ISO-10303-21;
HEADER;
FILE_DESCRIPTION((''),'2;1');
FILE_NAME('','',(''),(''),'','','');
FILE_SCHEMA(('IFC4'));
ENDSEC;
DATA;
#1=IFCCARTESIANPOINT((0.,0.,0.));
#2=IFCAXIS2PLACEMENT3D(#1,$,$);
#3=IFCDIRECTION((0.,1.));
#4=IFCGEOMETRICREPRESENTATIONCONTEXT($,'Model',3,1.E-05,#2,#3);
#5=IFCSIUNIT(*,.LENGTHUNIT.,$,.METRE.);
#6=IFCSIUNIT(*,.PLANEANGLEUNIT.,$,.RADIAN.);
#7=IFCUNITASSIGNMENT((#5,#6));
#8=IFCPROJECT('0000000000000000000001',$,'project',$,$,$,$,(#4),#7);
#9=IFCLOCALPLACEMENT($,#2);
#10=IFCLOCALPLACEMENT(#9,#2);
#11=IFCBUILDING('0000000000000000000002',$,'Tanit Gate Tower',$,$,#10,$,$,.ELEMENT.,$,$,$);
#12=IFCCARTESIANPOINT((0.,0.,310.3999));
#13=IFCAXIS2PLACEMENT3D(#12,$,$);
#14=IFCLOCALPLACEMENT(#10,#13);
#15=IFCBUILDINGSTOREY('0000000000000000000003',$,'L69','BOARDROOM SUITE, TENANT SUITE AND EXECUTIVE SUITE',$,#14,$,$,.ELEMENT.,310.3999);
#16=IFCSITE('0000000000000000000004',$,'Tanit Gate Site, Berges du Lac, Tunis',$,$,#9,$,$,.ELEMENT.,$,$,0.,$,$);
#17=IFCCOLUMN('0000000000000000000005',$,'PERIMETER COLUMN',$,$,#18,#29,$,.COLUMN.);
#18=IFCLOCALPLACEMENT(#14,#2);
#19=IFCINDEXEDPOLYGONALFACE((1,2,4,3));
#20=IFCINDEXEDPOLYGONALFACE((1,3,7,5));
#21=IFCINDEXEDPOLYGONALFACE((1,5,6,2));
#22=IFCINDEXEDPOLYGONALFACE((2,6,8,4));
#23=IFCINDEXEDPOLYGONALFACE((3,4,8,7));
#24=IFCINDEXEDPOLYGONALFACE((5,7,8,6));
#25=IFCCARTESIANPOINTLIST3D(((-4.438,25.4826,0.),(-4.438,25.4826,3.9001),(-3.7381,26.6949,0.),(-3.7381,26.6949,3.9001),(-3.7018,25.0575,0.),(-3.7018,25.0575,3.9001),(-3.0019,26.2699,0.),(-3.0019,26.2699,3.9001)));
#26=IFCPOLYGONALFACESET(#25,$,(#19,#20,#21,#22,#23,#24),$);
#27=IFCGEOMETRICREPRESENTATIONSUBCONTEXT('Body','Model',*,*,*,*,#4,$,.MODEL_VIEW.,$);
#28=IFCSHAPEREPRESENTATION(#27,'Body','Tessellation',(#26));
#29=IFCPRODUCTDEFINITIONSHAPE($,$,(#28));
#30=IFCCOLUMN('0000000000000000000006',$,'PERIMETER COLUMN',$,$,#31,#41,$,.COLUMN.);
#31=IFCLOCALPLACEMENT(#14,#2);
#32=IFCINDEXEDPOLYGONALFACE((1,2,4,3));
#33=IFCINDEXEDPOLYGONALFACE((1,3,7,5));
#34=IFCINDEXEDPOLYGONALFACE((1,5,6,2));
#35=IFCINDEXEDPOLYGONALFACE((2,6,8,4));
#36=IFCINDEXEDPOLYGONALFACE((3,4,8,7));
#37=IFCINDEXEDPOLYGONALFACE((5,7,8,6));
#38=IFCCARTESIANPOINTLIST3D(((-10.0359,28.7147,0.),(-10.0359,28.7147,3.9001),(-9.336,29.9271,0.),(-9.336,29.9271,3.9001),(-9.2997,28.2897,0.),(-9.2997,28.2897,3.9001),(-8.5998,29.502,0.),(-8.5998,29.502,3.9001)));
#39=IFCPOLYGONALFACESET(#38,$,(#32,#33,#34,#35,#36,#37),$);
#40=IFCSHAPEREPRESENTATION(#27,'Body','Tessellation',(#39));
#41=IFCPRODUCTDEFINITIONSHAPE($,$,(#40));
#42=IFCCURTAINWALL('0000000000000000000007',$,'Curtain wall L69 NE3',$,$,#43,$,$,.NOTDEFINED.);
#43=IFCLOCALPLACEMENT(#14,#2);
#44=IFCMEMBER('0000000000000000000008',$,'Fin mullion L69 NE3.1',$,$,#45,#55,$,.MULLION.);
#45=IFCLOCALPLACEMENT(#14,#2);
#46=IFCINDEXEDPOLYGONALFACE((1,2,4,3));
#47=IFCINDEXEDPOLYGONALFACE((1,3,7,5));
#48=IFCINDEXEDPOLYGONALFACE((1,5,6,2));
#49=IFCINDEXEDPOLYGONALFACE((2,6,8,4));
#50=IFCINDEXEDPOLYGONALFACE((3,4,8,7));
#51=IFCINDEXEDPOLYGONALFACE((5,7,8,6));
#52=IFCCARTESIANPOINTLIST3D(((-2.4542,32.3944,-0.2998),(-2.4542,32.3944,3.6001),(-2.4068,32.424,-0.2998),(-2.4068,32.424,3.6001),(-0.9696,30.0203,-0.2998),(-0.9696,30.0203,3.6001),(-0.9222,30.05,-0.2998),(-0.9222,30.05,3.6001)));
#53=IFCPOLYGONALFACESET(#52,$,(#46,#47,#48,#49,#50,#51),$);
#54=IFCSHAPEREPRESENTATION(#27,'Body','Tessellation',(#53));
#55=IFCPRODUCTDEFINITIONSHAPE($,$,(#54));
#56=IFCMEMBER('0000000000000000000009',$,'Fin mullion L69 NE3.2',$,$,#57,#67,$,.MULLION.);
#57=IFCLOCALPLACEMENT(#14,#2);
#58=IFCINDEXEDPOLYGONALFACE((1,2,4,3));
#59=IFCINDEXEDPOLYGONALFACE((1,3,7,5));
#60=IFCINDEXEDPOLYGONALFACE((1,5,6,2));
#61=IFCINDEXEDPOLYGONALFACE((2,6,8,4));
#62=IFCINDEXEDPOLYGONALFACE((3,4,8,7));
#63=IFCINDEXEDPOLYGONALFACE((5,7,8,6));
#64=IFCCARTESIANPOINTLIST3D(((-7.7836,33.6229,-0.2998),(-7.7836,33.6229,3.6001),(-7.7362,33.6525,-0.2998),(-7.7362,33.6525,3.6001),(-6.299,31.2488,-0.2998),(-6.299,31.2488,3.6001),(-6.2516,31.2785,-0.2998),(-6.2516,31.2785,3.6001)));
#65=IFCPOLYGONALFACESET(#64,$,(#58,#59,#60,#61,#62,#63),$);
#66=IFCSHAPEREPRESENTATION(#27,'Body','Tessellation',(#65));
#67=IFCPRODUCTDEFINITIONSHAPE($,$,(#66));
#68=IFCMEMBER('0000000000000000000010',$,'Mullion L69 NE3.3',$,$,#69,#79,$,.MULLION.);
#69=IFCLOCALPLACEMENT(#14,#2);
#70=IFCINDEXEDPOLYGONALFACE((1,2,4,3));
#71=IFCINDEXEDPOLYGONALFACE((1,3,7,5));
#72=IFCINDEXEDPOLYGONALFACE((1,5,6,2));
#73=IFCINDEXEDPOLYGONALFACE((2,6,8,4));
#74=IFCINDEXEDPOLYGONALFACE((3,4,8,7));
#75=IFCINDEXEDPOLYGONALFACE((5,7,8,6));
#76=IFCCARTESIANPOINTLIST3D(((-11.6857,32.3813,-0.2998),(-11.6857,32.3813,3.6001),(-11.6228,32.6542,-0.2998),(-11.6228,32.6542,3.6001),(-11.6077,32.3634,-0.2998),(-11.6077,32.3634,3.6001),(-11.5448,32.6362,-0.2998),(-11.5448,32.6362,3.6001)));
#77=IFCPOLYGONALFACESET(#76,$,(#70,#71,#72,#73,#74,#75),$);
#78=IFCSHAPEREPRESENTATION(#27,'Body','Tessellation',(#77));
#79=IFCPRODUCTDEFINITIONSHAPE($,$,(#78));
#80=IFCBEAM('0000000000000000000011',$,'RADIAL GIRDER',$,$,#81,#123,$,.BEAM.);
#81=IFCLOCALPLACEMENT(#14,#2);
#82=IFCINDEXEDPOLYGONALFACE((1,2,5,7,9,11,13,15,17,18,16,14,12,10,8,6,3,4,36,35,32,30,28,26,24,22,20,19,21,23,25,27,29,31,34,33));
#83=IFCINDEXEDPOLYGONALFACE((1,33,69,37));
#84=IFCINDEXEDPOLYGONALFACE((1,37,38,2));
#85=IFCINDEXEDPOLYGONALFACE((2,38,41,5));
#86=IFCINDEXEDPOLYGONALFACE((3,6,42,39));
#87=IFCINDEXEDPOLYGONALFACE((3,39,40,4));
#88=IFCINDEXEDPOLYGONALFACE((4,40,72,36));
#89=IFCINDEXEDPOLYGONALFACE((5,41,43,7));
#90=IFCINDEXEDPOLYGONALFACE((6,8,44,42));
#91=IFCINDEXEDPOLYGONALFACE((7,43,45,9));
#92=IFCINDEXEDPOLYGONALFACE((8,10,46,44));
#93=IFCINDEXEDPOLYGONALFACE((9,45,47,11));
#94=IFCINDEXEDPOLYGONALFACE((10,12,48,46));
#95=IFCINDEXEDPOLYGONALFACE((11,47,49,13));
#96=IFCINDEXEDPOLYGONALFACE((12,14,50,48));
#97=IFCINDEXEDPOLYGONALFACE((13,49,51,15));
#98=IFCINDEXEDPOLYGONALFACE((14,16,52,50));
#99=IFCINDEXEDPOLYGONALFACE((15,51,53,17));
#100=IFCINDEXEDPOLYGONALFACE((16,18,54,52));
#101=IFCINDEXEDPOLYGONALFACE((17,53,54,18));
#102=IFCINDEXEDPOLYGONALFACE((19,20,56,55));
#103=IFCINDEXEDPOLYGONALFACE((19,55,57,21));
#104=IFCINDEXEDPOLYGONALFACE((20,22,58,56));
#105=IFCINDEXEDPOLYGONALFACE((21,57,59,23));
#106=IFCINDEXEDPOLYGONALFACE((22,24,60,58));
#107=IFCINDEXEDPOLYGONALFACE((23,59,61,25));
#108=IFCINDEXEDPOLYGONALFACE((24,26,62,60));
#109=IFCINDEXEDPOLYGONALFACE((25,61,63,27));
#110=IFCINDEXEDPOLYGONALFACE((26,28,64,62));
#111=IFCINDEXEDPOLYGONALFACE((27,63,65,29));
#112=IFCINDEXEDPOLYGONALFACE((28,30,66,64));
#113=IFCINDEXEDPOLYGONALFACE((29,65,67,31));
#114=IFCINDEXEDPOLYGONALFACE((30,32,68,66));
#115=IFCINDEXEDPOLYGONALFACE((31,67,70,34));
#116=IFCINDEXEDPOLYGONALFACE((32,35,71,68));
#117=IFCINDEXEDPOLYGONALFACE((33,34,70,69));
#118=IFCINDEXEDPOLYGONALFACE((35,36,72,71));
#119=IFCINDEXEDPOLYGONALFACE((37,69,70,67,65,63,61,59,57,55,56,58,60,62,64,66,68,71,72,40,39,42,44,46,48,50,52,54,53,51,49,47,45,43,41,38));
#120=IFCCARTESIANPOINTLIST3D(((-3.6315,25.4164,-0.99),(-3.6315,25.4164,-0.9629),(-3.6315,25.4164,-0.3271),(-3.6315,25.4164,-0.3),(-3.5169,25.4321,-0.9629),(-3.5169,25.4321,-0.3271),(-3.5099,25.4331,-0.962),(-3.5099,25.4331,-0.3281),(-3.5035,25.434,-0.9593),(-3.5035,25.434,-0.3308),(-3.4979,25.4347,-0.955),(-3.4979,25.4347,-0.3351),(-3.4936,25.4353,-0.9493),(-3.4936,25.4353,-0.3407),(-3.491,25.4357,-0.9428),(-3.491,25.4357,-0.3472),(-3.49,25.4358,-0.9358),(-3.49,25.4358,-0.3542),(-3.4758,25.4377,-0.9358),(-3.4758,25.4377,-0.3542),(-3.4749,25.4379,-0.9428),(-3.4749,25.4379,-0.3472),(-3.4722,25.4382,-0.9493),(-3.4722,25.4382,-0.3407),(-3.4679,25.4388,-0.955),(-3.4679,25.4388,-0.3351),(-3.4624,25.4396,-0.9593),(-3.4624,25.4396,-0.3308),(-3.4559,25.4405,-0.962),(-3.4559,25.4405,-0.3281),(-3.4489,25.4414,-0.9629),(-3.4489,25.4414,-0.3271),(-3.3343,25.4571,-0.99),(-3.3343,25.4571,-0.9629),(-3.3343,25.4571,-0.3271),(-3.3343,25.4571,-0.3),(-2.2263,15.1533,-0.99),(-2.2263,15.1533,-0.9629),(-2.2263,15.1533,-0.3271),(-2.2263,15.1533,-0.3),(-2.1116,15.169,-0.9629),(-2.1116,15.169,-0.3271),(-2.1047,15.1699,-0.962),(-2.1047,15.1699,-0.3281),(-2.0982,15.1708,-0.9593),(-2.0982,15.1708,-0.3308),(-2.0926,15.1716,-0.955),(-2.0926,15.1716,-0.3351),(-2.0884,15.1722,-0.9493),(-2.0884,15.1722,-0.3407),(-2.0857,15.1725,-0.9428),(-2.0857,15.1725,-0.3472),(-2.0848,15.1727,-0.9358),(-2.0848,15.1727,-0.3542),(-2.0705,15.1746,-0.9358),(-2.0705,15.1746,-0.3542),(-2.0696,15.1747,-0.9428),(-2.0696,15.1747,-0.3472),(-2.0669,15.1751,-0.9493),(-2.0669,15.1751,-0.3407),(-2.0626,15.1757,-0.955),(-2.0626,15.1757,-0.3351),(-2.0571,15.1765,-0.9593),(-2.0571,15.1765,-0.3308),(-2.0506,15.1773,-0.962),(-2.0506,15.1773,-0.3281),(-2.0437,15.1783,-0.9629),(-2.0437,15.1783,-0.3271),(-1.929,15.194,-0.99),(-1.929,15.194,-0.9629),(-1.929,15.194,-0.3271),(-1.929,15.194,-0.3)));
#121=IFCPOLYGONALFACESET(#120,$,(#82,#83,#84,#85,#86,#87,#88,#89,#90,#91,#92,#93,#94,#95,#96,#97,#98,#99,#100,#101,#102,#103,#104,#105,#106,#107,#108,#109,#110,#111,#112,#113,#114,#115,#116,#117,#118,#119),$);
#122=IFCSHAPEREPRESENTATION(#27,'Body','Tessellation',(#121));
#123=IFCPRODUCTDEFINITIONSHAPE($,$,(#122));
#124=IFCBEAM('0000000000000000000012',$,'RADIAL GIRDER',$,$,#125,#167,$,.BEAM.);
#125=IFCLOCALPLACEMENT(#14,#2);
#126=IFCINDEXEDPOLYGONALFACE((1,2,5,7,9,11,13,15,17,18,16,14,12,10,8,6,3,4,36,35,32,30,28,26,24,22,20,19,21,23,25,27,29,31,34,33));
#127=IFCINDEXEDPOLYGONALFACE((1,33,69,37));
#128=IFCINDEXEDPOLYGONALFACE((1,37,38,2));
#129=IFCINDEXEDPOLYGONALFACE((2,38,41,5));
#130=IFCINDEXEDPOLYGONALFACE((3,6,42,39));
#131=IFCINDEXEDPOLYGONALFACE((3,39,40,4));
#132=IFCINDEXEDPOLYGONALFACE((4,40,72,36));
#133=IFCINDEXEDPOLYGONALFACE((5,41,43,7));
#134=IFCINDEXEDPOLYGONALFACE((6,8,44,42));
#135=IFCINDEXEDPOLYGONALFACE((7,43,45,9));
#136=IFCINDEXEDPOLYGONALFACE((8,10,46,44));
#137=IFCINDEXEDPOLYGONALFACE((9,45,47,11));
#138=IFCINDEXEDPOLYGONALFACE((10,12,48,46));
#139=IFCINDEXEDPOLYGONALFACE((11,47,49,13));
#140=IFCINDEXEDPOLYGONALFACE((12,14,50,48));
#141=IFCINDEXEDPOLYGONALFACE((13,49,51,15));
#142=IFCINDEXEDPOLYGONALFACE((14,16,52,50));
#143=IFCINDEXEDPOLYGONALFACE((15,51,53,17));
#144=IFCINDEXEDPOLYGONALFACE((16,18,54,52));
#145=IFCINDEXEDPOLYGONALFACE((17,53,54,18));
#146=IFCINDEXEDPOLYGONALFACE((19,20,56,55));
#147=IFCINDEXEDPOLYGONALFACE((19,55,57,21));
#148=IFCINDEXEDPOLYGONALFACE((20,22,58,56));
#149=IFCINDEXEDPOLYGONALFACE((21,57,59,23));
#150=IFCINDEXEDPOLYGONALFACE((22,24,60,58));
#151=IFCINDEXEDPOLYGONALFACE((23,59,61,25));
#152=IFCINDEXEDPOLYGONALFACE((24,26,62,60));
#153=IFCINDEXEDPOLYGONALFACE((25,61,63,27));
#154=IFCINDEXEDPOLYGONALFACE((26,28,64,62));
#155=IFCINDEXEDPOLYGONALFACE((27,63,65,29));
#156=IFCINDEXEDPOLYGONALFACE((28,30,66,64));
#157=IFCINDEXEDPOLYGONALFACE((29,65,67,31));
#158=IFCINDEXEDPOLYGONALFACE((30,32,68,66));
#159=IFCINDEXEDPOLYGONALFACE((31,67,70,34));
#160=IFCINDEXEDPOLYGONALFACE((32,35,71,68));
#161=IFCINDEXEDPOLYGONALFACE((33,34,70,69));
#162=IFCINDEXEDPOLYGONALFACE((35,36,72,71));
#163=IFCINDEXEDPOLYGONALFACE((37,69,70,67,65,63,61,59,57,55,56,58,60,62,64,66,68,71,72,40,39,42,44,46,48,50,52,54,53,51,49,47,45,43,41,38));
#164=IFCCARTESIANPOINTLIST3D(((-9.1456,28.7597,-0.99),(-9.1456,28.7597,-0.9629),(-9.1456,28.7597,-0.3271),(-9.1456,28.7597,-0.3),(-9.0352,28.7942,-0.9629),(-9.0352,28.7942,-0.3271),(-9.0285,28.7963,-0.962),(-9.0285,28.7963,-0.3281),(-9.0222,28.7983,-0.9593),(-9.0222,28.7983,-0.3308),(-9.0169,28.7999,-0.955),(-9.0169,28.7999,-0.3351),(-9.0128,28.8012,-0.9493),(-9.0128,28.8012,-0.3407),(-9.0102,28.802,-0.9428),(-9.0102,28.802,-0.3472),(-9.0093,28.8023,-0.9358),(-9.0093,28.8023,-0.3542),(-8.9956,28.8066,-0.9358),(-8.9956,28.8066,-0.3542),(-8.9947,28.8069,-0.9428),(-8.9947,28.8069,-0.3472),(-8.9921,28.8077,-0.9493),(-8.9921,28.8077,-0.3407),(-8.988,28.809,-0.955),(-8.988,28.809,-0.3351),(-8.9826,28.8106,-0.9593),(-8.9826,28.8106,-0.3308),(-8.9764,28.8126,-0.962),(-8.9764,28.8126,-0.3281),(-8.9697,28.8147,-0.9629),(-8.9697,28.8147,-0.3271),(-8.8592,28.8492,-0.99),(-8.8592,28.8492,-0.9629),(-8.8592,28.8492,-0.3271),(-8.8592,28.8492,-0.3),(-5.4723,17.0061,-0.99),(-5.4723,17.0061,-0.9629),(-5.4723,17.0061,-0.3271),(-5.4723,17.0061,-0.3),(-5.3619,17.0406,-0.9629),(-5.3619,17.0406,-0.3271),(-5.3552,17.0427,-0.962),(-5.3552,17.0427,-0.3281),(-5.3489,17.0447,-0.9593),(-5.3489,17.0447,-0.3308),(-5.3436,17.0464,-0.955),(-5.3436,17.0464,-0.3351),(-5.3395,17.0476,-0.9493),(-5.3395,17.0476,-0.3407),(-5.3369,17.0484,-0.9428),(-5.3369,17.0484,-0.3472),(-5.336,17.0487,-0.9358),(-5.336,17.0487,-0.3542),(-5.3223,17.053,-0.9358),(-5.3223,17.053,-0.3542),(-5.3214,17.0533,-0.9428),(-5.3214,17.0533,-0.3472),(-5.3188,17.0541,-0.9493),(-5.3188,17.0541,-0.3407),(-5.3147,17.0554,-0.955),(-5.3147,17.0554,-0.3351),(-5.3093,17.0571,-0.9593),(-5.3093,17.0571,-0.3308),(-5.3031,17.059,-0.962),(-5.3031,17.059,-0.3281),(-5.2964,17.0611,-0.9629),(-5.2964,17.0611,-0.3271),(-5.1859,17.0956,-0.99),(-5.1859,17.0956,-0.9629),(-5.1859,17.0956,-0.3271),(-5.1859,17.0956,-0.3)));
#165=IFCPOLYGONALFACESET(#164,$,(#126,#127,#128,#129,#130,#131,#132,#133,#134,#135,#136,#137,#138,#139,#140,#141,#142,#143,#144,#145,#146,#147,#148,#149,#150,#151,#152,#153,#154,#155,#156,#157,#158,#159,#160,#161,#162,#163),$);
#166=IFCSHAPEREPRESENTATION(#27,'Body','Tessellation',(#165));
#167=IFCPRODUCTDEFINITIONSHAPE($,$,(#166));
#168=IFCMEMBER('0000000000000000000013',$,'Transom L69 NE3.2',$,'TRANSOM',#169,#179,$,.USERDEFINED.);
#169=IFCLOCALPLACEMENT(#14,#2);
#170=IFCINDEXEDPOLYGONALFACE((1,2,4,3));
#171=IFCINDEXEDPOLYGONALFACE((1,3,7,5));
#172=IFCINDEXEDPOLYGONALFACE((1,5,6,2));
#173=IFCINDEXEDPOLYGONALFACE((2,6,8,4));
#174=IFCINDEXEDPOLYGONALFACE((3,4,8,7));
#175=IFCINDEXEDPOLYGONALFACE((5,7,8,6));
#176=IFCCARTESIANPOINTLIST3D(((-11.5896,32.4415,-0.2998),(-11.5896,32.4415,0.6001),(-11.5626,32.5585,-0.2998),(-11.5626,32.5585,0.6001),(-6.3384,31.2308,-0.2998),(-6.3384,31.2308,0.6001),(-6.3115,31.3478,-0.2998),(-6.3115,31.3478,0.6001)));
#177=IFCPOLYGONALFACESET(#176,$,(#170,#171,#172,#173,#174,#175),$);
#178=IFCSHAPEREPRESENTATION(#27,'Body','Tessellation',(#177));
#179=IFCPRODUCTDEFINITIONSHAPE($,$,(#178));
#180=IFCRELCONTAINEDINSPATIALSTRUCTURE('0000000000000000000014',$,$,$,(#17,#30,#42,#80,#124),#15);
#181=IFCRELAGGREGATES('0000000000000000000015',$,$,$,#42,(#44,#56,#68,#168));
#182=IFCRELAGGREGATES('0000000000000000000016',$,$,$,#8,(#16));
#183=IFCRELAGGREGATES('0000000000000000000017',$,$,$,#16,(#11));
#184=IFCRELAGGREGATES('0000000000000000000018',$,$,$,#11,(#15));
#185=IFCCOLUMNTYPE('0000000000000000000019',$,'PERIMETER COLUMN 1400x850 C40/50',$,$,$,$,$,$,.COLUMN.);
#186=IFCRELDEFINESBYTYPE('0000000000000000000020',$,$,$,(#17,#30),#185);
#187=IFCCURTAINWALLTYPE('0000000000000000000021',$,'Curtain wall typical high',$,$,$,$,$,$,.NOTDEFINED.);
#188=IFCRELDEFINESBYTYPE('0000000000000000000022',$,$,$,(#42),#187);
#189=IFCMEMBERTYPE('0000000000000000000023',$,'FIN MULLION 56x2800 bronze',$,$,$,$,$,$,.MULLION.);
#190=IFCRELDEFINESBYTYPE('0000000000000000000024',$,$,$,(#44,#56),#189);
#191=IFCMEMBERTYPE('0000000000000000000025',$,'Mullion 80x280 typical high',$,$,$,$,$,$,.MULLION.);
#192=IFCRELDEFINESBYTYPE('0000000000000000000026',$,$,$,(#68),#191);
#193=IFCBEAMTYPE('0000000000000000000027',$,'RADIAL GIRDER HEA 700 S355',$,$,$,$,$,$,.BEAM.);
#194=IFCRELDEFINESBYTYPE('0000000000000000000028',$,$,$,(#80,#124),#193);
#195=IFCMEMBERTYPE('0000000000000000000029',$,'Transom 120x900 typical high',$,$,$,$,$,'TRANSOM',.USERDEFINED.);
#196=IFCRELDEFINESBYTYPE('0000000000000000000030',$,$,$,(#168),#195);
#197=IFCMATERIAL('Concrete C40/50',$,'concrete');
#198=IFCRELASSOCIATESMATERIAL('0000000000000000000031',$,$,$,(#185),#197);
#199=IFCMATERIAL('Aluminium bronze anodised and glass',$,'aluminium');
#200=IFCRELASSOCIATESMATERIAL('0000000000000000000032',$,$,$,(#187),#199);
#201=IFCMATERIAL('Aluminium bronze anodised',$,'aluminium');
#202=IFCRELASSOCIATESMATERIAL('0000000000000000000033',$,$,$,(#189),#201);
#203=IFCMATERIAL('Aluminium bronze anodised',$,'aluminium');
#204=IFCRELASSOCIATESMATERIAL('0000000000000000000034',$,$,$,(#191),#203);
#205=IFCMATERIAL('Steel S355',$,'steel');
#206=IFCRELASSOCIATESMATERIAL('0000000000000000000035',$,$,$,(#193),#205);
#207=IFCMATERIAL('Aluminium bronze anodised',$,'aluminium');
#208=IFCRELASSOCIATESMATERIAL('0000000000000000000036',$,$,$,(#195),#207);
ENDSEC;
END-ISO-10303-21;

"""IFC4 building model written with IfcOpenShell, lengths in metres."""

from ifc_helpers import new_model, si_unit, direction, frame, origin, origin_2d, place, context, subcontext, project, spatial, rectangle, i_section, extrude, material, material_profile, profile_set, type_object, element, aggregate, save


model = new_model("IFC4")

# Units and contexts
model_context = context("Model", 3, precision=1e-05, world=origin(), true_north=direction((0.0, 1.0)))
body_context = subcontext(model_context, "Body", "Model", "MODEL_VIEW")
ifc_project = project(units=[si_unit("LENGTHUNIT", "METRE"), si_unit("PLANEANGLEUNIT", "RADIAN")], contexts=[model_context])

# Site, building, storey
site_placement = place(None, origin())
site = spatial("IfcSite", under=ifc_project, at=site_placement, Name="Tanit Gate Site, Berges du Lac, Tunis", CompositionType="ELEMENT", RefElevation=0.0)
building_placement = place(site_placement, origin())
building = spatial("IfcBuilding", under=site, at=building_placement, Name="Tanit Gate Tower", CompositionType="ELEMENT")
storey_placement = place(building_placement, frame((0.0, 0.0, 310.3999)))
storey = spatial("IfcBuildingStorey", under=building, at=storey_placement, Name="L69", Description="BOARDROOM SUITE, TENANT SUITE AND EXECUTIVE SUITE", CompositionType="ELEMENT", Elevation=310.3999)

# Columns
ifc_material_1 = material(Name="Concrete C40/50", Category="concrete")
ifc_material_profile_1 = material_profile(ifc_material_1, rectangle(XDim=1.3999, YDim=0.8501, at=origin_2d()), Name="RC 1400x850")
ifc_profile_set_1 = profile_set([ifc_material_profile_1], Name="Concrete C40/50")
column_type = type_object("IfcColumnType", Name="PERIMETER COLUMN 1400x850 C40/50", PredefinedType="COLUMN", material=ifc_profile_set_1)
for number, where, z_axis, x_axis, name in (
    (1, (-3.72, 25.8762, 0.0), (0.0, 0.0, 1.0), (0.5, 0.866025, 0.0), "PERIMETER COLUMN"),
    (2, (-9.3179, 29.1084, 0.0), (0.0, 0.0, 1.0), (0.5, 0.866025, 0.0), "PERIMETER COLUMN"),
):
    element("IfcColumn", number, at=place(storey_placement, frame(where, z_axis=z_axis, x_axis=x_axis)), inside=storey, type_object=column_type, Name=name, PredefinedType="COLUMN", context=body_context, shape_type="SweptSolid", body=[
        extrude(rectangle(XDim=1.3999, YDim=0.8501, at=origin_2d()), origin(), (0.0, 0.0, 1.0), 3.9001),
    ])

# Curtain wall, members
ifc_material_2 = material(Name="Aluminium bronze anodised and glass", Category="aluminium")
curtain_wall_type = type_object("IfcCurtainWallType", Name="Curtain wall typical high", PredefinedType="NOTDEFINED", material=ifc_material_2)
curtain_wall_placement = place(storey_placement, origin())
curtain_wall = element("IfcCurtainWall", 3, at=curtain_wall_placement, inside=storey, type_object=curtain_wall_type, Name="Curtain wall L69 NE3", PredefinedType="NOTDEFINED")
ifc_material_3 = material(Name="Aluminium bronze anodised", Category="aluminium")
ifc_material_profile_2 = material_profile(ifc_material_3, rectangle(XDim=2.8, YDim=0.0559, at=origin_2d()), Name="56x2800 bronze fin mullion")
ifc_profile_set_2 = profile_set([ifc_material_profile_2], Name="Aluminium bronze anodised")
member_type_1 = type_object("IfcMemberType", Name="FIN MULLION 56x2800 bronze", PredefinedType="MULLION", material=ifc_profile_set_2)
member_1_placement = place(storey_placement, frame((-1.6882, 31.2222, -0.2998), z_axis=(0.0, 0.0, 1.0), x_axis=(0.53021, -0.847867, 0.0)))
member_1 = element("IfcMember", 4, at=member_1_placement, type_object=member_type_1, Name="Fin mullion L69 NE3.1", PredefinedType="MULLION", context=body_context, shape_type="SweptSolid", body=[
    extrude(rectangle(XDim=2.8, YDim=0.0559, at=origin_2d()), origin(), (0.0, 0.0, 1.0), 3.8999),
])
member_2_placement = place(storey_placement, frame((-7.0176, 32.4507, -0.2998), z_axis=(0.0, 0.0, 1.0), x_axis=(0.53021, -0.847867, 0.0)))
member_2 = element("IfcMember", 5, at=member_2_placement, type_object=member_type_1, Name="Fin mullion L69 NE3.2", PredefinedType="MULLION", context=body_context, shape_type="SweptSolid", body=[
    extrude(rectangle(XDim=2.8, YDim=0.0559, at=origin_2d()), origin(), (0.0, 0.0, 1.0), 3.8999),
])
ifc_material_4 = material(Name="Aluminium bronze anodised", Category="aluminium")
ifc_material_profile_3 = material_profile(ifc_material_4, rectangle(XDim=0.28, YDim=0.0801, at=origin_2d()), Name="80x280 bronze mullion")
ifc_profile_set_3 = profile_set([ifc_material_profile_3], Name="Aluminium bronze anodised")
member_type_2 = type_object("IfcMemberType", Name="Mullion 80x280 typical high", PredefinedType="MULLION", material=ifc_profile_set_3)
member_3_placement = place(storey_placement, frame((-11.6152, 32.5088, -0.2998), z_axis=(0.0, 0.0, 1.0), x_axis=(-0.224617, -0.974447, 0.0)))
member_3 = element("IfcMember", 6, at=member_3_placement, type_object=member_type_2, Name="Mullion L69 NE3.3", PredefinedType="MULLION", context=body_context, shape_type="SweptSolid", body=[
    extrude(rectangle(XDim=0.28, YDim=0.0801, at=origin_2d()), origin(), (0.0, 0.0, 1.0), 3.8999),
])

# Beams
ifc_material_5 = material(Name="Steel S355", Category="steel")
ifc_material_profile_4 = material_profile(ifc_material_5, i_section(OverallWidth=0.3, OverallDepth=0.6899, WebThickness=0.0144, FlangeThickness=0.0271, FilletRadius=0.0271, at=origin_2d()), Name="HEA 700")
ifc_profile_set_4 = profile_set([ifc_material_profile_4], Name="Steel S355")
beam_type = type_object("IfcBeamType", Name="RADIAL GIRDER HEA 700 S355", PredefinedType="BEAM", material=ifc_profile_set_4)
beam_1_placement = place(storey_placement, frame((-3.4829, 25.4368, -0.645), z_axis=(0.135658, -0.990756, 0.0), x_axis=(0.990756, 0.135658, 0.0)))
element("IfcBeam", 7, at=beam_1_placement, inside=storey, type_object=beam_type, Name="RADIAL GIRDER", PredefinedType="BEAM", context=body_context, shape_type="SweptSolid", body=[
    extrude(i_section(OverallWidth=0.3, OverallDepth=0.6899, WebThickness=0.0144, FlangeThickness=0.0271, FilletRadius=0.0271, at=origin_2d()), origin(), (0.0, 0.0, 1.0), 10.3589),
])
beam_2_placement = place(storey_placement, frame((-9.0024, 28.8044, -0.645), z_axis=(0.298299, -0.954473, 0.0), x_axis=(0.954473, 0.298299, 0.0)))
element("IfcBeam", 8, at=beam_2_placement, inside=storey, type_object=beam_type, Name="RADIAL GIRDER", PredefinedType="BEAM", context=body_context, shape_type="SweptSolid", body=[
    extrude(i_section(OverallWidth=0.3, OverallDepth=0.6899, WebThickness=0.0144, FlangeThickness=0.0271, FilletRadius=0.0271, at=origin_2d()), origin(), (0.0, 0.0, 1.0), 12.3142),
])

# Member
ifc_material_6 = material(Name="Aluminium bronze anodised", Category="aluminium")
ifc_material_profile_5 = material_profile(ifc_material_6, rectangle(XDim=0.1201, YDim=0.8999, at=origin_2d()), Name="120x900 bronze transom")
ifc_profile_set_5 = profile_set([ifc_material_profile_5], Name="Aluminium bronze anodised")
member_type_3 = type_object("IfcMemberType", Name="Transom 120x900 typical high", ElementType="TRANSOM", PredefinedType="USERDEFINED", material=ifc_profile_set_5)
member_4_placement = place(storey_placement, frame((-6.325, 31.2893, 0.1501), z_axis=(-0.974437, 0.224661, 0.0), x_axis=(-0.224661, -0.974437, 0.0)))
member_4 = element("IfcMember", 9, at=member_4_placement, type_object=member_type_3, Name="Transom L69 NE3.2", ObjectType="TRANSOM", PredefinedType="USERDEFINED", context=body_context, shape_type="SweptSolid", body=[
    extrude(rectangle(XDim=0.1201, YDim=0.8999, at=origin_2d()), origin(), (0.0, 0.0, 1.0), 5.3889),
])

aggregate(curtain_wall, [member_1, member_2, member_3, member_4])

save(model, "model.ifc")
